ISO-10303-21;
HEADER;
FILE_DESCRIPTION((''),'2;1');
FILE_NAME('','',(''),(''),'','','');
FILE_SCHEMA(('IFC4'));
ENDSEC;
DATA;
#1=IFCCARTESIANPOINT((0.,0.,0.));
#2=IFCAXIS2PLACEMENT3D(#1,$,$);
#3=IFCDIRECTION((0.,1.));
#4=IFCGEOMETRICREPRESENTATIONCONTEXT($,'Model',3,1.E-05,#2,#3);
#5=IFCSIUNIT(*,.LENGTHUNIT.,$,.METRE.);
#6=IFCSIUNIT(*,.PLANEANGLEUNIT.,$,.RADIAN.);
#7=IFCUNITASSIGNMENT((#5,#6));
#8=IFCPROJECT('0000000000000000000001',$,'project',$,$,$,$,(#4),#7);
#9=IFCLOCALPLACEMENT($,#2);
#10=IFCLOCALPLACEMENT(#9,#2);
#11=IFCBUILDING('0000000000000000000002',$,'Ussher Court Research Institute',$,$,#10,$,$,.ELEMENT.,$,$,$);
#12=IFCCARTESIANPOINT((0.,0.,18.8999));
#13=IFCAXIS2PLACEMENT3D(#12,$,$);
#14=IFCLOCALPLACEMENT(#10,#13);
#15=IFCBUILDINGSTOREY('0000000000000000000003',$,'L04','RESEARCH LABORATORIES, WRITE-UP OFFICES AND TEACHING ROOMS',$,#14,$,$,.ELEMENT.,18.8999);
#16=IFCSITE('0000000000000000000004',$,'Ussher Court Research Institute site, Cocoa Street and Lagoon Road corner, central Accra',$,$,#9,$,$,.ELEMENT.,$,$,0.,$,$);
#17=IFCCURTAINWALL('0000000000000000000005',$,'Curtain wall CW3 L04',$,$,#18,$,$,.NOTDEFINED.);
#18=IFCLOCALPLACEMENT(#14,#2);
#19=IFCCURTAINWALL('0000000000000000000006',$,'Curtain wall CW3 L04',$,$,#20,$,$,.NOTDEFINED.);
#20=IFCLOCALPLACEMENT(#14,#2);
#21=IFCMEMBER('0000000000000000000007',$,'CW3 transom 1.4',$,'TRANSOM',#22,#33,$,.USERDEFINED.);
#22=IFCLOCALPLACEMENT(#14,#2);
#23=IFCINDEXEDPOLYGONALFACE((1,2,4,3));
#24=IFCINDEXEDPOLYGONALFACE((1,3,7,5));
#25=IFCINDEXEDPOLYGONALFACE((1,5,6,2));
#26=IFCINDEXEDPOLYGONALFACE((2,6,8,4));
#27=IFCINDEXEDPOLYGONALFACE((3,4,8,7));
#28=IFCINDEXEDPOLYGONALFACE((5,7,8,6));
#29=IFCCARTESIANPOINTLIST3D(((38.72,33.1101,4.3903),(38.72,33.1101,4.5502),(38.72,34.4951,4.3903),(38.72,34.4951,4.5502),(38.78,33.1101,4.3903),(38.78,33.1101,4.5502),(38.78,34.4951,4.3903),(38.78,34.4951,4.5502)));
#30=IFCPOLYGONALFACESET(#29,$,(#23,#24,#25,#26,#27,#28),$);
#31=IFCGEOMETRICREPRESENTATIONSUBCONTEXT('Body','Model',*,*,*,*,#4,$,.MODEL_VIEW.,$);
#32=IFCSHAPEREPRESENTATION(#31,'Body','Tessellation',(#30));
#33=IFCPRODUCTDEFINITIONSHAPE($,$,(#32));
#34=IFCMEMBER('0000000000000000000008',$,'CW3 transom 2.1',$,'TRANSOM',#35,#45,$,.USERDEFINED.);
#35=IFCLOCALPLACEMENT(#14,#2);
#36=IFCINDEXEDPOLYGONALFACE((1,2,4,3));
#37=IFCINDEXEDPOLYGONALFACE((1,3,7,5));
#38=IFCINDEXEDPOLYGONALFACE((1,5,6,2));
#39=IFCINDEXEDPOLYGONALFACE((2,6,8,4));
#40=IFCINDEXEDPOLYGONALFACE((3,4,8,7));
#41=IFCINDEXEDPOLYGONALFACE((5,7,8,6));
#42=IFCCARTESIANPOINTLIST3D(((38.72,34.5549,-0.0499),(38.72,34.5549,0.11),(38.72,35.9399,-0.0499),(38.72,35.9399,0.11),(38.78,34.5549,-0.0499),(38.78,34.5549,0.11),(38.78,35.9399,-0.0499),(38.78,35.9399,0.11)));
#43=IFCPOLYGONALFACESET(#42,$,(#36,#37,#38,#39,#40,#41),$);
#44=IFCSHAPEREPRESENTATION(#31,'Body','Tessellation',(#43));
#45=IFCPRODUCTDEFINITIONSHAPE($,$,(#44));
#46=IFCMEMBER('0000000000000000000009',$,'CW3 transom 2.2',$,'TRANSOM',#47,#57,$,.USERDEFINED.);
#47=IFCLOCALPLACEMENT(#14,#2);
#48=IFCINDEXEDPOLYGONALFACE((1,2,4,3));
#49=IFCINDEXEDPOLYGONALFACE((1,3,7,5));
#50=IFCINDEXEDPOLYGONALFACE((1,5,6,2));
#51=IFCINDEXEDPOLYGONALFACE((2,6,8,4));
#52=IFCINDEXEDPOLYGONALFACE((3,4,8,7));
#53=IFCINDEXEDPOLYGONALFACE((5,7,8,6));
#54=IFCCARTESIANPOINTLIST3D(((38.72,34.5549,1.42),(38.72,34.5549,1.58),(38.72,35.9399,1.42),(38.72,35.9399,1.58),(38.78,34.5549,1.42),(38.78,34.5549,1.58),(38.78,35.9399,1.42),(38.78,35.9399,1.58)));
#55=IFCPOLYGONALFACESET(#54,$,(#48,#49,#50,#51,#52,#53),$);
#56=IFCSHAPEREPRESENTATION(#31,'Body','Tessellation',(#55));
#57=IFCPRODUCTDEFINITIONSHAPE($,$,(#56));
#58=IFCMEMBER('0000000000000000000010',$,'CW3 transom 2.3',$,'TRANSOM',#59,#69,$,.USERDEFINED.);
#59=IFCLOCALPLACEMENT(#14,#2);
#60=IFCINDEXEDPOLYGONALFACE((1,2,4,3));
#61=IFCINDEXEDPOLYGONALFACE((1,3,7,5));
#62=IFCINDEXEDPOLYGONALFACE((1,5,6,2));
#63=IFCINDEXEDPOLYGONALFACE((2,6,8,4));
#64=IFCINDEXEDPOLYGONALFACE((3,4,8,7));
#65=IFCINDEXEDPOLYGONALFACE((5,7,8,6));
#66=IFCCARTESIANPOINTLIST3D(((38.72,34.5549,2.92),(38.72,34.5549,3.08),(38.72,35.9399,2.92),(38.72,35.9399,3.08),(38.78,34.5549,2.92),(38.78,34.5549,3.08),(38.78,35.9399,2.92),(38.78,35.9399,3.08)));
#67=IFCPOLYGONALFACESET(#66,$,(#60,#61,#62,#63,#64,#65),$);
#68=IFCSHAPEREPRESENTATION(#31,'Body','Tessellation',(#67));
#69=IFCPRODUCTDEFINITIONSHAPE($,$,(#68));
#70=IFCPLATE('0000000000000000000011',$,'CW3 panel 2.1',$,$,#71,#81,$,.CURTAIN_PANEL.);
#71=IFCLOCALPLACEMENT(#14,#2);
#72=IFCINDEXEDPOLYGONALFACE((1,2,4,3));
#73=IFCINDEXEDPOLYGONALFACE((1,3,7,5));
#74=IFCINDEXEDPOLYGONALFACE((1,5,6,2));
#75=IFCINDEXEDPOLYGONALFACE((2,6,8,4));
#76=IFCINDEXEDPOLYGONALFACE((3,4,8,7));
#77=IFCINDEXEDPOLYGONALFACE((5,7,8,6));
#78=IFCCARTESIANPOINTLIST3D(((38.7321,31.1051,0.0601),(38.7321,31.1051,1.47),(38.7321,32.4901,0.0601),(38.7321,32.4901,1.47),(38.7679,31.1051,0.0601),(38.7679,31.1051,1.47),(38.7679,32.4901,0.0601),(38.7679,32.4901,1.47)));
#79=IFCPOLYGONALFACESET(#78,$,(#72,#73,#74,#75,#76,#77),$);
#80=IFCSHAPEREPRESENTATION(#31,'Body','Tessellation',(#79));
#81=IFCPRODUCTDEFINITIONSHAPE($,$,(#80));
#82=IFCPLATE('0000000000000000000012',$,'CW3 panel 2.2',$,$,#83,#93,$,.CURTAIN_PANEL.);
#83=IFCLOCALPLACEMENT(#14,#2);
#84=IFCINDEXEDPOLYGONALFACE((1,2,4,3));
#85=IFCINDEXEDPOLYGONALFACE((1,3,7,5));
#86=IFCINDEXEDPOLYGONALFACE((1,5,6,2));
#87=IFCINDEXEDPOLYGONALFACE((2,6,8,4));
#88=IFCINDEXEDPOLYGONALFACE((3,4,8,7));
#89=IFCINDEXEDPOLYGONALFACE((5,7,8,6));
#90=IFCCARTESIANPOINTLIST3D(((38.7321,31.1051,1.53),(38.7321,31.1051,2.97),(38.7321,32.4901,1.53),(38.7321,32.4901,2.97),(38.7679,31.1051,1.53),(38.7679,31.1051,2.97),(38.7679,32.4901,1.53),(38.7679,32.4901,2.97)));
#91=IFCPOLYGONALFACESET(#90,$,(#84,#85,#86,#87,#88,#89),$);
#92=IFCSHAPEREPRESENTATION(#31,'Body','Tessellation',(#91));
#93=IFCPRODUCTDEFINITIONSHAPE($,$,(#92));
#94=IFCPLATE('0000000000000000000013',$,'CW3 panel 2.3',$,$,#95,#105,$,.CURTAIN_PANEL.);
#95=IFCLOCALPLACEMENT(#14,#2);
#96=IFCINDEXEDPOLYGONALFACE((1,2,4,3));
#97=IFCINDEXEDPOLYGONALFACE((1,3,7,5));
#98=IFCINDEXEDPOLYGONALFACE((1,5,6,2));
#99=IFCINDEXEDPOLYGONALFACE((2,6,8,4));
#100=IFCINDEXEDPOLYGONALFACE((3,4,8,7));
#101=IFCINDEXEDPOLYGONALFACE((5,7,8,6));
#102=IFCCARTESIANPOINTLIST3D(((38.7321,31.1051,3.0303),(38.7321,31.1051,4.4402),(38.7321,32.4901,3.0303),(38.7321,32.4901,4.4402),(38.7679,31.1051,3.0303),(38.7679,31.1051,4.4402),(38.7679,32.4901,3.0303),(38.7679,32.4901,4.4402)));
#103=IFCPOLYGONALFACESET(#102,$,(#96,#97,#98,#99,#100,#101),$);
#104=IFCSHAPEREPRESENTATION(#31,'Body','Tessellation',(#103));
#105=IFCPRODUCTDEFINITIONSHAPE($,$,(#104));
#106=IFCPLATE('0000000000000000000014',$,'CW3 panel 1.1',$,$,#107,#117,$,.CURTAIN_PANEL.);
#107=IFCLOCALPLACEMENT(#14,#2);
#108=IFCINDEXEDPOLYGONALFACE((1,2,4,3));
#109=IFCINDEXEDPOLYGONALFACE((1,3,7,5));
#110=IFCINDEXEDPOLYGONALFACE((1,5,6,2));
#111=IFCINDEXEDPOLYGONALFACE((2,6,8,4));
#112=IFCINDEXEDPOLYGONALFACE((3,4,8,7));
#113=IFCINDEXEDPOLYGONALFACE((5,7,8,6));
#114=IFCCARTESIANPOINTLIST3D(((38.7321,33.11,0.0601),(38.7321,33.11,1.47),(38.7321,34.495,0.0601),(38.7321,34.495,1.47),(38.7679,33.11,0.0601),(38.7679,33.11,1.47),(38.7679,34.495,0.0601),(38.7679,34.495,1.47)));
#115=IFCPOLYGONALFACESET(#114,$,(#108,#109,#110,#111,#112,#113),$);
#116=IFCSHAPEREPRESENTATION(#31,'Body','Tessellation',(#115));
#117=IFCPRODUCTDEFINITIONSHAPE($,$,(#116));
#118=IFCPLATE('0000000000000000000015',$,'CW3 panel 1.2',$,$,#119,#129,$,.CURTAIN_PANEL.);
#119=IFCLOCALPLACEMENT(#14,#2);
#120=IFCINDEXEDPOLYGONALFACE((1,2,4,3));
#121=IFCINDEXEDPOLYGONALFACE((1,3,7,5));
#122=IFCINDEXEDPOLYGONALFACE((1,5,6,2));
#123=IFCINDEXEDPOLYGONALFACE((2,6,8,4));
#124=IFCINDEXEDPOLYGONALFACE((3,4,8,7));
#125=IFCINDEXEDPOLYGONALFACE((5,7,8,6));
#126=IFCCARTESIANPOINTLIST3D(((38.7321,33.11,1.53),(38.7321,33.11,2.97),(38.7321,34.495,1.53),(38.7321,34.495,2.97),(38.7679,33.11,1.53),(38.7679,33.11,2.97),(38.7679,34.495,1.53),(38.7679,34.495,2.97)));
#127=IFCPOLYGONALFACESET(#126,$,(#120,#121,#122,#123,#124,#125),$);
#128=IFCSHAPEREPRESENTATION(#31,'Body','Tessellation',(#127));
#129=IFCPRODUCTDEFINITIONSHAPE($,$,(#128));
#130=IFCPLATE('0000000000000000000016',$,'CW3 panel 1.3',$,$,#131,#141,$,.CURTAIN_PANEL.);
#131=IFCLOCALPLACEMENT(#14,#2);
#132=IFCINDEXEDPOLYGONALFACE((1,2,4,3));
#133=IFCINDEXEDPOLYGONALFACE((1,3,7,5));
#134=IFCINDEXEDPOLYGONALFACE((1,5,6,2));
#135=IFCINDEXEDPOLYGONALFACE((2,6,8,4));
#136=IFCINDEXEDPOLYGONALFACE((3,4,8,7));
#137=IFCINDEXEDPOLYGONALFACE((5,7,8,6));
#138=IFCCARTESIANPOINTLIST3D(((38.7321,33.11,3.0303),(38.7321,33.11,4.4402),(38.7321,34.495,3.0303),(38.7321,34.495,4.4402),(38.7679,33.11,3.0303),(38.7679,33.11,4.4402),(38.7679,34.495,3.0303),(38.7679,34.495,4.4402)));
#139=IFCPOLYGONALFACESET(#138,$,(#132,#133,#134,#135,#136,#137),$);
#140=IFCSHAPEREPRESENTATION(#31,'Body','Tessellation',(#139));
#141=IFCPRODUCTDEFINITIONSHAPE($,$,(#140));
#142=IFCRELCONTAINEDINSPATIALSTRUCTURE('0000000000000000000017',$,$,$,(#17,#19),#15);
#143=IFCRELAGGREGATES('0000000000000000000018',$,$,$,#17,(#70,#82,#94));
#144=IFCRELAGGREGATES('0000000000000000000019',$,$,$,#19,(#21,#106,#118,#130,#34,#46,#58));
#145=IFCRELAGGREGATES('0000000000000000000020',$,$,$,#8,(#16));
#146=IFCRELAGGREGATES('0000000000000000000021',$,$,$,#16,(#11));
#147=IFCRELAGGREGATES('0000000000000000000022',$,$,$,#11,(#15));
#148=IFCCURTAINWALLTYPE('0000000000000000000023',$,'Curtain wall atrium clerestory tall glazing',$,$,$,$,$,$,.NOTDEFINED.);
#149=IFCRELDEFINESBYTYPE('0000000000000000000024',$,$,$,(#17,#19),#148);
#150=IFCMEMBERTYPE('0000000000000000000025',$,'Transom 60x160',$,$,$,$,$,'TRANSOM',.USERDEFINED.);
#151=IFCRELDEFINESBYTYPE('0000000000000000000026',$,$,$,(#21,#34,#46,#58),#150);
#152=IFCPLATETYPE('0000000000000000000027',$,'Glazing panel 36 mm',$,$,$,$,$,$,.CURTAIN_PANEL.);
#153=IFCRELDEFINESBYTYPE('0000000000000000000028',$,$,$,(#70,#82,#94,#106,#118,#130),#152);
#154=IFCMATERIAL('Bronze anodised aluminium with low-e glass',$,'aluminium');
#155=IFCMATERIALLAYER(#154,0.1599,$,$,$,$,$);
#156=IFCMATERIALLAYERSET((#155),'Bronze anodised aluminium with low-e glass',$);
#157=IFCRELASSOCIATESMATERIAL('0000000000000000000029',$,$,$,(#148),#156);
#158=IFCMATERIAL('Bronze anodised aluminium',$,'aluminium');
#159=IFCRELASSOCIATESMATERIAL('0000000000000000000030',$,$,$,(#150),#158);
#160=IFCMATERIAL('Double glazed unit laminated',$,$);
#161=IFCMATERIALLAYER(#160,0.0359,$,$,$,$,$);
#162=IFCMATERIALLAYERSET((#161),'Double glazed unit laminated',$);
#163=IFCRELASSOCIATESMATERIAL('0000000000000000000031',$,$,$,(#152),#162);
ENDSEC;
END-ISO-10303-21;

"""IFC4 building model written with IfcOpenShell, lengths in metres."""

from ifc_helpers import new_model, si_unit, direction, frame, origin, origin_2d, place, context, subcontext, project, spatial, rectangle, extrude, material, layer, layer_set, material_profile, profile_set, type_object, element, aggregate, save


model = new_model("IFC4")

# Units and contexts
model_context = context("Model", 3, precision=1e-05, world=origin(), true_north=direction((0.0, 1.0)))
body_context = subcontext(model_context, "Body", "Model", "MODEL_VIEW")
ifc_project = project(units=[si_unit("LENGTHUNIT", "METRE"), si_unit("PLANEANGLEUNIT", "RADIAN")], contexts=[model_context])

# Site, building, storey
site_placement = place(None, origin())
site = spatial("IfcSite", under=ifc_project, at=site_placement, Name="Ussher Court Research Institute site, Cocoa Street and Lagoon Road corner, central Accra", CompositionType="ELEMENT", RefElevation=0.0)
building_placement = place(site_placement, origin())
building = spatial("IfcBuilding", under=site, at=building_placement, Name="Ussher Court Research Institute", CompositionType="ELEMENT")
storey_placement = place(building_placement, frame((0.0, 0.0, 18.8999)))
storey = spatial("IfcBuildingStorey", under=building, at=storey_placement, Name="L04", Description="RESEARCH LABORATORIES, WRITE-UP OFFICES AND TEACHING ROOMS", CompositionType="ELEMENT", Elevation=18.8999)

# Curtain wall
ifc_material_1 = material(Name="Bronze anodised aluminium with low-e glass", Category="aluminium")
ifc_layer_1 = layer(ifc_material_1, 0.1599)
ifc_layer_set_1 = layer_set([ifc_layer_1], Name="Bronze anodised aluminium with low-e glass")
curtain_wall_type = type_object("IfcCurtainWallType", Name="Curtain wall atrium clerestory tall glazing", PredefinedType="NOTDEFINED", material=ifc_layer_set_1)
curtain_wall_1_placement = place(storey_placement, origin())
curtain_wall_1 = element("IfcCurtainWall", 1, at=curtain_wall_1_placement, inside=storey, type_object=curtain_wall_type, Name="Curtain wall CW3 L04", PredefinedType="NOTDEFINED")

# Curtain wall
curtain_wall_2_placement = place(storey_placement, origin())
curtain_wall_2 = element("IfcCurtainWall", 2, at=curtain_wall_2_placement, inside=storey, type_object=curtain_wall_type, Name="Curtain wall CW3 L04", PredefinedType="NOTDEFINED")

# Members
ifc_material_2 = material(Name="Bronze anodised aluminium", Category="aluminium")
ifc_material_profile_1 = material_profile(ifc_material_2, rectangle(XDim=0.0601, YDim=0.1599, at=origin_2d()), Name="Transom 60x160")
ifc_profile_set_1 = profile_set([ifc_material_profile_1], Name="Bronze anodised aluminium")
member_type_1 = type_object("IfcMemberType", Name="Transom 60x160", ElementType="TRANSOM", PredefinedType="USERDEFINED", material=ifc_profile_set_1)
member_1_placement = place(storey_placement, frame((38.75, 33.1101, 4.4702), z_axis=(0.0, 1.0, 0.0), x_axis=(-1.0, 0.0, 0.0)))
member_1 = element("IfcMember", 3, at=member_1_placement, type_object=member_type_1, Name="CW3 transom 1.4", ObjectType="TRANSOM", PredefinedType="USERDEFINED", context=body_context, shape_type="SweptSolid", body=[
    extrude(rectangle(XDim=0.0601, YDim=0.1599, at=origin_2d()), origin(), (0.0, 0.0, 1.0), 1.385),
])
member_2_placement = place(storey_placement, frame((38.75, 34.5549, 0.03), z_axis=(0.0, 1.0, 0.0), x_axis=(-1.0, 0.0, 0.0)))
member_2 = element("IfcMember", 4, at=member_2_placement, type_object=member_type_1, Name="CW3 transom 2.1", ObjectType="TRANSOM", PredefinedType="USERDEFINED", context=body_context, shape_type="SweptSolid", body=[
    extrude(rectangle(XDim=0.0601, YDim=0.1599, at=origin_2d()), origin(), (0.0, 0.0, 1.0), 1.385),
])
member_3_placement = place(storey_placement, frame((38.75, 34.5549, 1.5), z_axis=(0.0, 1.0, 0.0), x_axis=(-1.0, 0.0, 0.0)))
member_3 = element("IfcMember", 5, at=member_3_placement, type_object=member_type_1, Name="CW3 transom 2.2", ObjectType="TRANSOM", PredefinedType="USERDEFINED", context=body_context, shape_type="SweptSolid", body=[
    extrude(rectangle(XDim=0.0601, YDim=0.1599, at=origin_2d()), origin(), (0.0, 0.0, 1.0), 1.385),
])
member_4_placement = place(storey_placement, frame((38.75, 34.5549, 3.0), z_axis=(0.0, 1.0, 0.0), x_axis=(-1.0, 0.0, 0.0)))
member_4 = element("IfcMember", 6, at=member_4_placement, type_object=member_type_1, Name="CW3 transom 2.3", ObjectType="TRANSOM", PredefinedType="USERDEFINED", context=body_context, shape_type="SweptSolid", body=[
    extrude(rectangle(XDim=0.0601, YDim=0.1599, at=origin_2d()), origin(), (0.0, 0.0, 1.0), 1.385),
])

# Plates
ifc_material_3 = material(Name="Double glazed unit laminated")
ifc_layer_2 = layer(ifc_material_3, 0.0359)
ifc_layer_set_2 = layer_set([ifc_layer_2], Name="Double glazed unit laminated")
plate_type = type_object("IfcPlateType", Name="Glazing panel 36 mm", PredefinedType="CURTAIN_PANEL", material=ifc_layer_set_2)
plate_1_placement = place(storey_placement, frame((38.75, 31.7976, 0.0601), z_axis=(0.0, 0.0, 1.0), x_axis=(0.0, 1.0, 0.0)))
plate_1 = element("IfcPlate", 7, at=plate_1_placement, type_object=plate_type, Name="CW3 panel 2.1", PredefinedType="CURTAIN_PANEL", context=body_context, shape_type="SweptSolid", body=[
    extrude(rectangle(XDim=1.385, YDim=0.0359, at=origin_2d()), origin(), (0.0, 0.0, 1.0), 1.4099),
])
plate_2_placement = place(storey_placement, frame((38.75, 31.7976, 1.53), z_axis=(0.0, 0.0, 1.0), x_axis=(0.0, 1.0, 0.0)))
plate_2 = element("IfcPlate", 8, at=plate_2_placement, type_object=plate_type, Name="CW3 panel 2.2", PredefinedType="CURTAIN_PANEL", context=body_context, shape_type="SweptSolid", body=[
    extrude(rectangle(XDim=1.385, YDim=0.0359, at=origin_2d()), origin(), (0.0, 0.0, 1.0), 1.4399),
])
plate_3_placement = place(storey_placement, frame((38.75, 31.7976, 3.0303), z_axis=(0.0, 0.0, 1.0), x_axis=(0.0, 1.0, 0.0)))
plate_3 = element("IfcPlate", 9, at=plate_3_placement, type_object=plate_type, Name="CW3 panel 2.3", PredefinedType="CURTAIN_PANEL", context=body_context, shape_type="SweptSolid", body=[
    extrude(rectangle(XDim=1.385, YDim=0.0359, at=origin_2d()), origin(), (0.0, 0.0, 1.0), 1.4099),
])
aggregate(curtain_wall_1, [plate_1, plate_2, plate_3])
plate_4_placement = place(storey_placement, frame((38.75, 33.8025, 0.0601), z_axis=(0.0, 0.0, 1.0), x_axis=(0.0, 1.0, 0.0)))
plate_4 = element("IfcPlate", 10, at=plate_4_placement, type_object=plate_type, Name="CW3 panel 1.1", PredefinedType="CURTAIN_PANEL", context=body_context, shape_type="SweptSolid", body=[
    extrude(rectangle(XDim=1.385, YDim=0.0359, at=origin_2d()), origin(), (0.0, 0.0, 1.0), 1.4099),
])
plate_5_placement = place(storey_placement, frame((38.75, 33.8025, 1.53), z_axis=(0.0, 0.0, 1.0), x_axis=(0.0, 1.0, 0.0)))
plate_5 = element("IfcPlate", 11, at=plate_5_placement, type_object=plate_type, Name="CW3 panel 1.2", PredefinedType="CURTAIN_PANEL", context=body_context, shape_type="SweptSolid", body=[
    extrude(rectangle(XDim=1.385, YDim=0.0359, at=origin_2d()), origin(), (0.0, 0.0, 1.0), 1.4399),
])
plate_6_placement = place(storey_placement, frame((38.75, 33.8025, 3.0303), z_axis=(0.0, 0.0, 1.0), x_axis=(0.0, 1.0, 0.0)))
plate_6 = element("IfcPlate", 12, at=plate_6_placement, type_object=plate_type, Name="CW3 panel 1.3", PredefinedType="CURTAIN_PANEL", context=body_context, shape_type="SweptSolid", body=[
    extrude(rectangle(XDim=1.385, YDim=0.0359, at=origin_2d()), origin(), (0.0, 0.0, 1.0), 1.4099),
])
aggregate(curtain_wall_2, [member_1, plate_4, plate_5, plate_6, member_2, member_3, member_4])

save(model, "model.ifc")
